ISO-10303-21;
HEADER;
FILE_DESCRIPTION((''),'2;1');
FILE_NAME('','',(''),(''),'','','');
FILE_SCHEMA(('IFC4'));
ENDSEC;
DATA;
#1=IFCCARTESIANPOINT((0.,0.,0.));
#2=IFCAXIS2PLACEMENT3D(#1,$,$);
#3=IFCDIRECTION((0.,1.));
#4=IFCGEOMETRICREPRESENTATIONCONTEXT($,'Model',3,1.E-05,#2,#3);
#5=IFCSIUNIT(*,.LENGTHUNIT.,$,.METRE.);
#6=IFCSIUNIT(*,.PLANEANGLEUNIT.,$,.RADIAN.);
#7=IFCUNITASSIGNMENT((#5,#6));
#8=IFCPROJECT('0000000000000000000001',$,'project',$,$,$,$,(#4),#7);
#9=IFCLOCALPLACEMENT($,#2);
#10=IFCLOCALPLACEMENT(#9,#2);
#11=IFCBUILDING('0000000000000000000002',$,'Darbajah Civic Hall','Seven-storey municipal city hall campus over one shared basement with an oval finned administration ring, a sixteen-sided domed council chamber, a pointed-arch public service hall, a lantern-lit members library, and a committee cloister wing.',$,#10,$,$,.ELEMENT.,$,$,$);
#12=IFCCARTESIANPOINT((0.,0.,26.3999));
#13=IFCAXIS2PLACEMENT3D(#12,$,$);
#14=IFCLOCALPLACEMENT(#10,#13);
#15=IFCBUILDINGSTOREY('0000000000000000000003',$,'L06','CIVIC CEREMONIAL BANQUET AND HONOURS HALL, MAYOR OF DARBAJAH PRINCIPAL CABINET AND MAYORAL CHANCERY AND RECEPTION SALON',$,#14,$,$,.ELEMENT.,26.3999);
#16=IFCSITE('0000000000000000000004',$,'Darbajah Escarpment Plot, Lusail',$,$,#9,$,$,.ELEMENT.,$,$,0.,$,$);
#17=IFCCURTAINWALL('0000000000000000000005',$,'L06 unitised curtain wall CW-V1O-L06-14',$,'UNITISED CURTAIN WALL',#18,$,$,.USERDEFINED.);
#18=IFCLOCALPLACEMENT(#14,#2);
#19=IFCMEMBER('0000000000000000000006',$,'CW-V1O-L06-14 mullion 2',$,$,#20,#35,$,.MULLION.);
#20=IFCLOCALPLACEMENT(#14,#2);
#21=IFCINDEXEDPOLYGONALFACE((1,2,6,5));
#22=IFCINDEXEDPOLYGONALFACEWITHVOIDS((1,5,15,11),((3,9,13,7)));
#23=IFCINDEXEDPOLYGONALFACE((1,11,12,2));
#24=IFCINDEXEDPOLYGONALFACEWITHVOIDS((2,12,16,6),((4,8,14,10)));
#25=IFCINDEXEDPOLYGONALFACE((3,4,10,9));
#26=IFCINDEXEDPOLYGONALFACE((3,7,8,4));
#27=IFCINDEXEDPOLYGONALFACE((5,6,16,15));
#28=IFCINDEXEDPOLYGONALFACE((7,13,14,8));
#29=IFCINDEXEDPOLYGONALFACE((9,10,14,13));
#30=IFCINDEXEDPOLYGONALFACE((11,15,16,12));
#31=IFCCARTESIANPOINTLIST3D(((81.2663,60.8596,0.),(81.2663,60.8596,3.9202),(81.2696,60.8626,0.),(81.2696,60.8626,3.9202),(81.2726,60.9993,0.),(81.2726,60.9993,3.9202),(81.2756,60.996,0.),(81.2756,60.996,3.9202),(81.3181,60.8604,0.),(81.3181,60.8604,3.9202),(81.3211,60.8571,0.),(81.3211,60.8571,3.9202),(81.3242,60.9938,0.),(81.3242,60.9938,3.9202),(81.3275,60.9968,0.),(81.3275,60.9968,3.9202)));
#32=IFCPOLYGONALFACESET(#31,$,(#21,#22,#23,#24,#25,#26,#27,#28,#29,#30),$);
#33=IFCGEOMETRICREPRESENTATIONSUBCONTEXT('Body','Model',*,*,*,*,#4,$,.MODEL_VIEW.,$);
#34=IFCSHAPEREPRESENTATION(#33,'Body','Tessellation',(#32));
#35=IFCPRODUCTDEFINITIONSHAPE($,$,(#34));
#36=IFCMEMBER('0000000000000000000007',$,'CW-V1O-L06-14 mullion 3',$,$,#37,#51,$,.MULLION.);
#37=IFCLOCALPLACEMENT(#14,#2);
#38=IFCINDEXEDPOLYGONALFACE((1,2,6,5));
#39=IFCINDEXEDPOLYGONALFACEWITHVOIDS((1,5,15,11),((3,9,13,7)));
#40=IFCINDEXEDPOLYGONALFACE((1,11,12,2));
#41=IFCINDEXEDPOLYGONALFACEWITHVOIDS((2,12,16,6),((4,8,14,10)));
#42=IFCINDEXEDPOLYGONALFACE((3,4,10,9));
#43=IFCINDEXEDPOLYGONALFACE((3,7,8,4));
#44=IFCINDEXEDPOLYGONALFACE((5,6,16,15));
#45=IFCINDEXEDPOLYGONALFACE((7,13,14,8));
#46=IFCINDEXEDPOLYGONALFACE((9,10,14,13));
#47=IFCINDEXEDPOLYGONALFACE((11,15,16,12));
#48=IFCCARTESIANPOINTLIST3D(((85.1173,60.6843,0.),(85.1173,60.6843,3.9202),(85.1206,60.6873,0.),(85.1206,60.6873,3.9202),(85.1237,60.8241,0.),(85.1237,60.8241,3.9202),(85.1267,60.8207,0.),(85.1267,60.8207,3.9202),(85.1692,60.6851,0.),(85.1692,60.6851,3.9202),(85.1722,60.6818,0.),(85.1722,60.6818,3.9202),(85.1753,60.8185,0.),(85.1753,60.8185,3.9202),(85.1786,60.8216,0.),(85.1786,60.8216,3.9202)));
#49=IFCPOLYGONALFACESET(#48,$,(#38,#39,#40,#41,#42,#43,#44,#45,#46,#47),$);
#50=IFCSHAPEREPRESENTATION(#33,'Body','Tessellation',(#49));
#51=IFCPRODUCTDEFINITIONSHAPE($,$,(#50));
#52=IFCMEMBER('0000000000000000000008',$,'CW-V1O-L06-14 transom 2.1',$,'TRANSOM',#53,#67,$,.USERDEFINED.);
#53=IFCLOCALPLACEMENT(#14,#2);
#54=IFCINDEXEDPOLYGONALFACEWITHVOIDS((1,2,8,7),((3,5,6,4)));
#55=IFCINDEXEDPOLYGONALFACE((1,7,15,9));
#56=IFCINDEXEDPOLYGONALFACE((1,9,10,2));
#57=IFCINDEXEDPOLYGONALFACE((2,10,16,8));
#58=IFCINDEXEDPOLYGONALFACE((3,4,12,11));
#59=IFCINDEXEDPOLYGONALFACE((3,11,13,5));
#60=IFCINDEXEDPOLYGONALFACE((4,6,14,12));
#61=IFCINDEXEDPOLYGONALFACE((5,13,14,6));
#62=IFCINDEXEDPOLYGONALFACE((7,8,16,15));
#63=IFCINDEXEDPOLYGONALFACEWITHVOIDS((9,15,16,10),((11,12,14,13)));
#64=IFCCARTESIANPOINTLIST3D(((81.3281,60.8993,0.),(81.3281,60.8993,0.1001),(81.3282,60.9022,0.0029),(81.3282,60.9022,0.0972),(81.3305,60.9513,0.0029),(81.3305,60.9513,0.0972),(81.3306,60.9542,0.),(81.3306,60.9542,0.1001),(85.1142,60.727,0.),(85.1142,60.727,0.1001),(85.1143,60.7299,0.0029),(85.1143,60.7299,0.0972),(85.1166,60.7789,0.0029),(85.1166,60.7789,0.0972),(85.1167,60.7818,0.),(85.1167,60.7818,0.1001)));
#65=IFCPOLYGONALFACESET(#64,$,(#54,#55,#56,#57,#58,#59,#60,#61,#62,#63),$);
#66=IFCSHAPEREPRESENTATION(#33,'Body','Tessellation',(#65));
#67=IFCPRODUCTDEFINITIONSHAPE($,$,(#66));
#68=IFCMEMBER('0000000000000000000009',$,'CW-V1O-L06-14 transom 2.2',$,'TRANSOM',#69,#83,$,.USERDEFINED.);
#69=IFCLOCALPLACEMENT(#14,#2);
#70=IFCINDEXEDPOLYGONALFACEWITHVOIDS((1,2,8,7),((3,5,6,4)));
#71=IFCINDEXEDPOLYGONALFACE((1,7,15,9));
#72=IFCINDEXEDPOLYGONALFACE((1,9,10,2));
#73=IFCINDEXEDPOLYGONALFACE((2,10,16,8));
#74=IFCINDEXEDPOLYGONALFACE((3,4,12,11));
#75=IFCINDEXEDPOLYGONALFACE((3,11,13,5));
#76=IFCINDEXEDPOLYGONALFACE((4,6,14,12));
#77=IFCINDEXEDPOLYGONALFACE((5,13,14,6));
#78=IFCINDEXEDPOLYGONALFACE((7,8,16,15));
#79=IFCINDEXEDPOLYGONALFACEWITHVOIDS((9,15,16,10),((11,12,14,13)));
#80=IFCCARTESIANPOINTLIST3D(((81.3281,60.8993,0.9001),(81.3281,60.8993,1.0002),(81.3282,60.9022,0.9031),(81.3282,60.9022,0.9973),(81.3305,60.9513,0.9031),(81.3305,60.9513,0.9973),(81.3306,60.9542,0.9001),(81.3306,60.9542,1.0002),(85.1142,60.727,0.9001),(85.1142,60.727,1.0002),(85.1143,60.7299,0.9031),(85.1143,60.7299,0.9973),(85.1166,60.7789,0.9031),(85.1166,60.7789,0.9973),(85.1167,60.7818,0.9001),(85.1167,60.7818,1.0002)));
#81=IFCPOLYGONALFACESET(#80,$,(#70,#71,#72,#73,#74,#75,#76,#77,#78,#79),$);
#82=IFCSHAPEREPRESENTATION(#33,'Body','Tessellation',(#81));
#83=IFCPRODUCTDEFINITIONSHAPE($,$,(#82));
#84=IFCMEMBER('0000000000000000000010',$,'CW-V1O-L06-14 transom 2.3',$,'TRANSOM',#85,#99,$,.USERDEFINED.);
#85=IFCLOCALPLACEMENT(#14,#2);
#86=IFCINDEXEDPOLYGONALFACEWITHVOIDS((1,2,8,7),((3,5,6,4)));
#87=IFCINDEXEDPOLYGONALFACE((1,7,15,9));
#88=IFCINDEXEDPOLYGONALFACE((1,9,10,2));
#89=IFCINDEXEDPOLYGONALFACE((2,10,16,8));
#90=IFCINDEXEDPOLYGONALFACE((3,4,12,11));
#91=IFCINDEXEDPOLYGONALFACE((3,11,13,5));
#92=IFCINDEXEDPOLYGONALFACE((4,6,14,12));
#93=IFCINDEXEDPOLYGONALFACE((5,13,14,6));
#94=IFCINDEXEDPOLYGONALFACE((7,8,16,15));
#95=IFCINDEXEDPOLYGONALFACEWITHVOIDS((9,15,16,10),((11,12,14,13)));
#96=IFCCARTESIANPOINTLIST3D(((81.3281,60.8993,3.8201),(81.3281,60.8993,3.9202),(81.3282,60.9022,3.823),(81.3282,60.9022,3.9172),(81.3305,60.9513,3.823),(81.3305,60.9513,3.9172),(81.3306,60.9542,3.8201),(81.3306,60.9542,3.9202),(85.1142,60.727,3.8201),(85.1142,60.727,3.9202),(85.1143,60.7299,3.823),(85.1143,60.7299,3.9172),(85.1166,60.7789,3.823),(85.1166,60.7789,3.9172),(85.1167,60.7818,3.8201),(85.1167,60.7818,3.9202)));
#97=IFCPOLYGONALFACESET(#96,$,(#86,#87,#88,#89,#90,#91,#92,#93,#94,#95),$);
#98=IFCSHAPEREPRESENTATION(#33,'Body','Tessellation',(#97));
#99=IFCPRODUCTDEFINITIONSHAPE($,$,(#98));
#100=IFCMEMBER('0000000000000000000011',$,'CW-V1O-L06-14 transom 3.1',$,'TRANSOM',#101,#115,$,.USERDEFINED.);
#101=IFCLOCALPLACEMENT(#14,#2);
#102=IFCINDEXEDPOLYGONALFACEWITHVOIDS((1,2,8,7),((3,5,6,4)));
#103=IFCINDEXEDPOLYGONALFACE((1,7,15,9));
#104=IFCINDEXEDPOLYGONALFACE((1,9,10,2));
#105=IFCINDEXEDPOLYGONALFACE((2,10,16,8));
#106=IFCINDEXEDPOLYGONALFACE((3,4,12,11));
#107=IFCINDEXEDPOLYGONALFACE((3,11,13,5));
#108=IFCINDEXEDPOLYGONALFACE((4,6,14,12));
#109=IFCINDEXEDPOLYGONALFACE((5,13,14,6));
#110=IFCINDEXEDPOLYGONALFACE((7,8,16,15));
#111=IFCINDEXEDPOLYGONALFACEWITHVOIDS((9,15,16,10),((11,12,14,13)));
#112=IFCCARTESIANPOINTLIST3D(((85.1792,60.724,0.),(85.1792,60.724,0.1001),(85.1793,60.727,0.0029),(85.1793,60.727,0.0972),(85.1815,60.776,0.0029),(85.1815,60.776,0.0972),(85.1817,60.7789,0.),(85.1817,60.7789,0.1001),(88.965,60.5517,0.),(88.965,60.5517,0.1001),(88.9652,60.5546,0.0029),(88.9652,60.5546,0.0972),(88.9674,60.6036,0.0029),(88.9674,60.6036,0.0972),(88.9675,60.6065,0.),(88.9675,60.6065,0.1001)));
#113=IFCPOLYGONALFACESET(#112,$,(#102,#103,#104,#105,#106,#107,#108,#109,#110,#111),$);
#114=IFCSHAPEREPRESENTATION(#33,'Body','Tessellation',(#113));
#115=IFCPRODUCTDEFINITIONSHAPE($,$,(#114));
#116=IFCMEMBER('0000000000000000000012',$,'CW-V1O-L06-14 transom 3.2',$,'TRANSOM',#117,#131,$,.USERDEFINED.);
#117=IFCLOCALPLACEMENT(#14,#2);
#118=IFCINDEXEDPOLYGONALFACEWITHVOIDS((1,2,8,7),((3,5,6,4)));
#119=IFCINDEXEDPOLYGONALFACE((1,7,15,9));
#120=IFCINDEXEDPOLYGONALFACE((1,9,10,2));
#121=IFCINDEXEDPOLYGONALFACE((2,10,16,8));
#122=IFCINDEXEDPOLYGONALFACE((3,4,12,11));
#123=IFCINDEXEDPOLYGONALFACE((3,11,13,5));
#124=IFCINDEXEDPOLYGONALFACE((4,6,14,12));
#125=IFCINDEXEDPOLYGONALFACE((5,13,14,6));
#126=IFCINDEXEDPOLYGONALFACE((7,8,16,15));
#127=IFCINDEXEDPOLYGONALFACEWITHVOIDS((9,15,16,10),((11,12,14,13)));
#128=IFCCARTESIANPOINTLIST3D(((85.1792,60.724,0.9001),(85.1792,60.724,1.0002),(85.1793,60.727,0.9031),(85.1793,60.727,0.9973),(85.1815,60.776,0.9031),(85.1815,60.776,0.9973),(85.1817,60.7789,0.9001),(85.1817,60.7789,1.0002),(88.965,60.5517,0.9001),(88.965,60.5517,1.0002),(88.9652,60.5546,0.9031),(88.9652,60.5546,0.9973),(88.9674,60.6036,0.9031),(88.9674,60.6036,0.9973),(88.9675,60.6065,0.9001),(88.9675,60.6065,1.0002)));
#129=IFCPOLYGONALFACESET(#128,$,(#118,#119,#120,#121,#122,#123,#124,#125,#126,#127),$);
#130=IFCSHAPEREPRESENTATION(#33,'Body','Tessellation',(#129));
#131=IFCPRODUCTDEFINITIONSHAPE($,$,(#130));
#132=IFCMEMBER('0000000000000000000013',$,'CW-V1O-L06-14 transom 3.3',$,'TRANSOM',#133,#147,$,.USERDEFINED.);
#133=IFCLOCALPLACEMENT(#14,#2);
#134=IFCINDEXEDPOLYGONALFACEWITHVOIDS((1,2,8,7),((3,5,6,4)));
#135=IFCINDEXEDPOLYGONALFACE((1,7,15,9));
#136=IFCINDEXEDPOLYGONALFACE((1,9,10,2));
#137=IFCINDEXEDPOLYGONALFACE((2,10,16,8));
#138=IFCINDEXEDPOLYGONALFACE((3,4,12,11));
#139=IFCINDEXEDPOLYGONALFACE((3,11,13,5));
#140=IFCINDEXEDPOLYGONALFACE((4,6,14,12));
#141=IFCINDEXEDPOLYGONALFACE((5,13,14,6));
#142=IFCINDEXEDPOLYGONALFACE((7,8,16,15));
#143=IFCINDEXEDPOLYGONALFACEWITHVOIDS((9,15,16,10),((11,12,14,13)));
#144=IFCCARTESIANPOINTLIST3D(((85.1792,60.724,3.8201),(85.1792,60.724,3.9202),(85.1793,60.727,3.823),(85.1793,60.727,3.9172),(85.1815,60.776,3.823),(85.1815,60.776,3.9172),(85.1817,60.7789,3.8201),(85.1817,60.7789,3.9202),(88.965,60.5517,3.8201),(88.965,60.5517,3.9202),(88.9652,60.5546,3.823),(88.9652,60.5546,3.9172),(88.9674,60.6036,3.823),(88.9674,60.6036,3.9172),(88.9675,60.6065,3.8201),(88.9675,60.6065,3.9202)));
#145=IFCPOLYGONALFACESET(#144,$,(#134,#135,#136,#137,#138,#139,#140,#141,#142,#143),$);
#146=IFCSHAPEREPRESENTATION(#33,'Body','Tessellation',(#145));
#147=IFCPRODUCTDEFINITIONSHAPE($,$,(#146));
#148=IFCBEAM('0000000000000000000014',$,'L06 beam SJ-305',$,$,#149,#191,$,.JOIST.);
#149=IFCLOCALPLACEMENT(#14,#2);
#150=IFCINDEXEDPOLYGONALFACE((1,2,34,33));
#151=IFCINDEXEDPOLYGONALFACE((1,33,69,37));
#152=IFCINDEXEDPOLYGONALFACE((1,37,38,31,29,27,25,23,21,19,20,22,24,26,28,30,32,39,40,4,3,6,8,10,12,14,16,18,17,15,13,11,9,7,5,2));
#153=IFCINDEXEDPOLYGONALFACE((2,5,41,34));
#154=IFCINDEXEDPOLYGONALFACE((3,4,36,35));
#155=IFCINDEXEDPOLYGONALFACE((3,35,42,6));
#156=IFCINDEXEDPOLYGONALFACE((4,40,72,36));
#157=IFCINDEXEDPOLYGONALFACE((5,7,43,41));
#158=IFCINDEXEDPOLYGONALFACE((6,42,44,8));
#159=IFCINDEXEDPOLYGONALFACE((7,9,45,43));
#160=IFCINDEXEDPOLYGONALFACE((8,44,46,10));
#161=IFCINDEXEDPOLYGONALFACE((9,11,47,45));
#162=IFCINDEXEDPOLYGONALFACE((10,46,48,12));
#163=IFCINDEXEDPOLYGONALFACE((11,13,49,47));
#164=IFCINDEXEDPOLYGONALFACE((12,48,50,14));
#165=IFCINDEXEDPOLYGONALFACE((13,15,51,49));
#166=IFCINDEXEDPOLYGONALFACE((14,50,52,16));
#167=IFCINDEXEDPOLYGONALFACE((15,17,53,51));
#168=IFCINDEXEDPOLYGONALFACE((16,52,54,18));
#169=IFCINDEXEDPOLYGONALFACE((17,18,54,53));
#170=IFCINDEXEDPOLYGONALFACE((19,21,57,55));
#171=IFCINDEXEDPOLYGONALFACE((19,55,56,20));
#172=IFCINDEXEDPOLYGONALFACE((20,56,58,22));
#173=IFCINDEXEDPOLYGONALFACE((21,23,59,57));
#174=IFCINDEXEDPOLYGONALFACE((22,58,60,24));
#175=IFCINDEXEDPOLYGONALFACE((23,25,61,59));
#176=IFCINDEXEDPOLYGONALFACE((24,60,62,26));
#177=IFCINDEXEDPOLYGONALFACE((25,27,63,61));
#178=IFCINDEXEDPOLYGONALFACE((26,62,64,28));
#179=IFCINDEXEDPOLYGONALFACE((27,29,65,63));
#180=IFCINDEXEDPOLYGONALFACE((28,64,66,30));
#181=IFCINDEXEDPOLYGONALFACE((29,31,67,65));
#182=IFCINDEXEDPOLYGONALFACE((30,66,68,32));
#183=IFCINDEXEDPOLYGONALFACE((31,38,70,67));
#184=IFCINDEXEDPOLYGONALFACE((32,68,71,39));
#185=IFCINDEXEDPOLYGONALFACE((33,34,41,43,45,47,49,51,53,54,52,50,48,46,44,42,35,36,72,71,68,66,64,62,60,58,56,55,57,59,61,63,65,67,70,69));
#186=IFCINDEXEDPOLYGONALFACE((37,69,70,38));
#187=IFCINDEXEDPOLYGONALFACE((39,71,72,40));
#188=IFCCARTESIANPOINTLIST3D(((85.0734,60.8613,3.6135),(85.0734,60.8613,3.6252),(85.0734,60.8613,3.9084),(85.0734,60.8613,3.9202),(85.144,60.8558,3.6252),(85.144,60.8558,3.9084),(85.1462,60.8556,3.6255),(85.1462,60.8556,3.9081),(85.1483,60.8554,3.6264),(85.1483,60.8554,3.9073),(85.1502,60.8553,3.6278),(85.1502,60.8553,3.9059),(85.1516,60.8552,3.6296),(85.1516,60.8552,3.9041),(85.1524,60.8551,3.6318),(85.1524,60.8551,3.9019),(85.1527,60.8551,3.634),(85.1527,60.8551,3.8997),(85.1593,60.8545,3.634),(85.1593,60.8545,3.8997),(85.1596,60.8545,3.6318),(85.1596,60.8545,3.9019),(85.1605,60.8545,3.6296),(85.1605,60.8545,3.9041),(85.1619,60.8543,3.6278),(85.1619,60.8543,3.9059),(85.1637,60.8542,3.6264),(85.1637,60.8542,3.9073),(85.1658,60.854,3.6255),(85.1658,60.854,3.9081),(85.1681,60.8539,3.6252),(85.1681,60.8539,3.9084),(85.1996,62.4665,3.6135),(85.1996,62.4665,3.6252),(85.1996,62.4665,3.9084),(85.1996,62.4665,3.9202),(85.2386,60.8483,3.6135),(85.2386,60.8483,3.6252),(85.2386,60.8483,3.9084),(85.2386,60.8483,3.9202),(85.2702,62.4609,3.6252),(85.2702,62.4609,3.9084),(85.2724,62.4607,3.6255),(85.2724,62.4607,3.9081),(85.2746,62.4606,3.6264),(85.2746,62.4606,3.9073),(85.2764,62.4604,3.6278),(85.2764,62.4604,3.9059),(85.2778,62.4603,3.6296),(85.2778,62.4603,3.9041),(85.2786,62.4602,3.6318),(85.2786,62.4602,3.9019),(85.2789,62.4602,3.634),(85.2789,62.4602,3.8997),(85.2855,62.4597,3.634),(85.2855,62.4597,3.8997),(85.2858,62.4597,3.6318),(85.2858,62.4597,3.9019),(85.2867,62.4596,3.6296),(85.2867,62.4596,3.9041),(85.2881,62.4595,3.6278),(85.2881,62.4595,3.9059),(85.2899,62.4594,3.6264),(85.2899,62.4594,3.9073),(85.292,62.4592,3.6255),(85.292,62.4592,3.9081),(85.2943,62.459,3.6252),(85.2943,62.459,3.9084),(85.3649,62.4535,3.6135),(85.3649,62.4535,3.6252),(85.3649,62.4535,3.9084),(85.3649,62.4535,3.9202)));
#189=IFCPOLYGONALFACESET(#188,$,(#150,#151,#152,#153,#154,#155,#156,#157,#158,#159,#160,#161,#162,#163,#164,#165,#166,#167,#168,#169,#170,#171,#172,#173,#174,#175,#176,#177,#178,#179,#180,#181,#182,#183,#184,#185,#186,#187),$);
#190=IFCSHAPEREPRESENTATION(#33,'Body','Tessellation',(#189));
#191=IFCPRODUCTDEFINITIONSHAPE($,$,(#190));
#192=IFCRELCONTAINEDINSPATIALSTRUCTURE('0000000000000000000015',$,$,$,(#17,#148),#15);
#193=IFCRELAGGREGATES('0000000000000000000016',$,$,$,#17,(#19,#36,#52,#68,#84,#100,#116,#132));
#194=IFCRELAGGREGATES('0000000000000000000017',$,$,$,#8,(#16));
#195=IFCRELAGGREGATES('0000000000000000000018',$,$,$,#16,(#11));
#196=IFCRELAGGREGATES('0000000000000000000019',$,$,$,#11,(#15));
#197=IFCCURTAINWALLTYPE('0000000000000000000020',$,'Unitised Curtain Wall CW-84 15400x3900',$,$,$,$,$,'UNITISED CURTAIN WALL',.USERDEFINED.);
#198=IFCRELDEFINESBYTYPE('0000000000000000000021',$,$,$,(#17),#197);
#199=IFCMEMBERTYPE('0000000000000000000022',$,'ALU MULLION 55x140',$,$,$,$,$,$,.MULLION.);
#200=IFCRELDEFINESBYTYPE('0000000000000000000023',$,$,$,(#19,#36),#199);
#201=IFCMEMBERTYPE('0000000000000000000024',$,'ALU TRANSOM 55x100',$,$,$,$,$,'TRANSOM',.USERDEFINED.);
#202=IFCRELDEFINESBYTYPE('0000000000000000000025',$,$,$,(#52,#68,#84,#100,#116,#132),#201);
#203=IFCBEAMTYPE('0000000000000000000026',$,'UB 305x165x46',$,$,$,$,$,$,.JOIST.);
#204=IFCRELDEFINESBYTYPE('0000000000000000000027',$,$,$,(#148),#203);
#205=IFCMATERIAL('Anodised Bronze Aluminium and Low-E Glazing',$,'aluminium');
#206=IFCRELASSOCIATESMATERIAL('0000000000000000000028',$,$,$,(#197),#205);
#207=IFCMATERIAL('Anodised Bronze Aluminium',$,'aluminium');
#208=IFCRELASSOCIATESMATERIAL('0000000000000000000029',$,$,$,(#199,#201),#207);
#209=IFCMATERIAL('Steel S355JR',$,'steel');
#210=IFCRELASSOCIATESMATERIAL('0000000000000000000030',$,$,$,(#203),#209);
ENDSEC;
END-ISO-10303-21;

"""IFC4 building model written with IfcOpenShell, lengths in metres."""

from ifc_helpers import new_model, si_unit, direction, frame, origin, origin_2d, place, context, subcontext, project, spatial, hollow_rectangle, i_section, extrude, material, material_profile, profile_set, type_object, element, aggregate, save


model = new_model("IFC4")

# Units and contexts
model_context = context("Model", 3, precision=1e-05, world=origin(), true_north=direction((0.0, 1.0)))
body_context = subcontext(model_context, "Body", "Model", "MODEL_VIEW")
ifc_project = project(units=[si_unit("LENGTHUNIT", "METRE"), si_unit("PLANEANGLEUNIT", "RADIAN")], contexts=[model_context])

# Site, building, storey
site_placement = place(None, origin())
site = spatial("IfcSite", under=ifc_project, at=site_placement, Name="Darbajah Escarpment Plot, Lusail", CompositionType="ELEMENT", RefElevation=0.0)
building_placement = place(site_placement, origin())
building = spatial("IfcBuilding", under=site, at=building_placement, Name="Darbajah Civic Hall", Description="Seven-storey municipal city hall campus over one shared basement with an oval finned administration ring, a sixteen-sided domed council chamber, a pointed-arch public service hall, a lantern-lit members library, and a committee cloister wing.", CompositionType="ELEMENT")
storey_placement = place(building_placement, frame((0.0, 0.0, 26.3999)))
storey = spatial("IfcBuildingStorey", under=building, at=storey_placement, Name="L06", Description="CIVIC CEREMONIAL BANQUET AND HONOURS HALL, MAYOR OF DARBAJAH PRINCIPAL CABINET AND MAYORAL CHANCERY AND RECEPTION SALON", CompositionType="ELEMENT", Elevation=26.3999)

# Curtain wall, members
ifc_material_1 = material(Name="Anodised Bronze Aluminium and Low-E Glazing", Category="aluminium")
curtain_wall_type = type_object("IfcCurtainWallType", Name="Unitised Curtain Wall CW-84 15400x3900", ElementType="UNITISED CURTAIN WALL", PredefinedType="USERDEFINED", material=ifc_material_1)
curtain_wall_placement = place(storey_placement, origin())
curtain_wall = element("IfcCurtainWall", 1, at=curtain_wall_placement, inside=storey, type_object=curtain_wall_type, Name="L06 unitised curtain wall CW-V1O-L06-14", ObjectType="UNITISED CURTAIN WALL", PredefinedType="USERDEFINED")
ifc_material_2 = material(Name="Anodised Bronze Aluminium", Category="aluminium")
ifc_material_profile_1 = material_profile(ifc_material_2, hollow_rectangle(XDim=0.0549, YDim=0.1399, WallThickness=0.0032, at=origin_2d()), Name="ALU MULLION 55x140")
ifc_profile_set_1 = profile_set([ifc_material_profile_1], Name="Anodised Bronze Aluminium")
member_type_1 = type_object("IfcMemberType", Name="ALU MULLION 55x140", PredefinedType="MULLION", material=ifc_profile_set_1)
member_1_placement = place(storey_placement, frame((81.2969, 60.9282, 0.0), z_axis=(0.0, 0.0, 1.0), x_axis=(0.998963, -0.045537, 0.0)))
member_1 = element("IfcMember", 2, at=member_1_placement, type_object=member_type_1, Name="CW-V1O-L06-14 mullion 2", PredefinedType="MULLION", context=body_context, shape_type="SweptSolid", body=[
    extrude(hollow_rectangle(XDim=0.0549, YDim=0.1399, WallThickness=0.0032, at=origin_2d()), origin(), (0.0, 0.0, 1.0), 3.9202),
])
member_2_placement = place(storey_placement, frame((85.1479, 60.7529, 0.0), z_axis=(0.0, 0.0, 1.0), x_axis=(0.998963, -0.045537, 0.0)))
member_2 = element("IfcMember", 3, at=member_2_placement, type_object=member_type_1, Name="CW-V1O-L06-14 mullion 3", PredefinedType="MULLION", context=body_context, shape_type="SweptSolid", body=[
    extrude(hollow_rectangle(XDim=0.0549, YDim=0.1399, WallThickness=0.0032, at=origin_2d()), origin(), (0.0, 0.0, 1.0), 3.9202),
])
ifc_material_profile_2 = material_profile(ifc_material_2, hollow_rectangle(XDim=0.0549, YDim=0.1001, WallThickness=0.0029, at=origin_2d()), Name="ALU TRANSOM 55x100")
ifc_profile_set_2 = profile_set([ifc_material_profile_2], Name="Anodised Bronze Aluminium")
member_type_2 = type_object("IfcMemberType", Name="ALU TRANSOM 55x100", ElementType="TRANSOM", PredefinedType="USERDEFINED", material=ifc_profile_set_2)
member_3_placement = place(storey_placement, frame((81.3293, 60.9268, 0.05), z_axis=(0.998965, -0.045478, 0.0), x_axis=(0.045478, 0.998965, 0.0)))
member_3 = element("IfcMember", 4, at=member_3_placement, type_object=member_type_2, Name="CW-V1O-L06-14 transom 2.1", ObjectType="TRANSOM", PredefinedType="USERDEFINED", context=body_context, shape_type="SweptSolid", body=[
    extrude(hollow_rectangle(XDim=0.0549, YDim=0.1001, WallThickness=0.0029, at=origin_2d()), origin(), (0.0, 0.0, 1.0), 3.79),
])
member_4_placement = place(storey_placement, frame((81.3293, 60.9268, 0.9502), z_axis=(0.998965, -0.045478, 0.0), x_axis=(0.045478, 0.998965, 0.0)))
member_4 = element("IfcMember", 5, at=member_4_placement, type_object=member_type_2, Name="CW-V1O-L06-14 transom 2.2", ObjectType="TRANSOM", PredefinedType="USERDEFINED", context=body_context, shape_type="SweptSolid", body=[
    extrude(hollow_rectangle(XDim=0.0549, YDim=0.1001, WallThickness=0.0029, at=origin_2d()), origin(), (0.0, 0.0, 1.0), 3.79),
])
member_5_placement = place(storey_placement, frame((81.3293, 60.9268, 3.8701), z_axis=(0.998965, -0.045478, 0.0), x_axis=(0.045478, 0.998965, 0.0)))
member_5 = element("IfcMember", 6, at=member_5_placement, type_object=member_type_2, Name="CW-V1O-L06-14 transom 2.3", ObjectType="TRANSOM", PredefinedType="USERDEFINED", context=body_context, shape_type="SweptSolid", body=[
    extrude(hollow_rectangle(XDim=0.0549, YDim=0.1001, WallThickness=0.0029, at=origin_2d()), origin(), (0.0, 0.0, 1.0), 3.79),
])
member_6_placement = place(storey_placement, frame((85.1804, 60.7515, 0.05), z_axis=(0.998965, -0.045481, 0.0), x_axis=(0.045481, 0.998965, 0.0)))
member_6 = element("IfcMember", 7, at=member_6_placement, type_object=member_type_2, Name="CW-V1O-L06-14 transom 3.1", ObjectType="TRANSOM", PredefinedType="USERDEFINED", context=body_context, shape_type="SweptSolid", body=[
    extrude(hollow_rectangle(XDim=0.0549, YDim=0.1001, WallThickness=0.0029, at=origin_2d()), origin(), (0.0, 0.0, 1.0), 3.7898),
])
member_7_placement = place(storey_placement, frame((85.1804, 60.7515, 0.9502), z_axis=(0.998965, -0.045481, 0.0), x_axis=(0.045481, 0.998965, 0.0)))
member_7 = element("IfcMember", 8, at=member_7_placement, type_object=member_type_2, Name="CW-V1O-L06-14 transom 3.2", ObjectType="TRANSOM", PredefinedType="USERDEFINED", context=body_context, shape_type="SweptSolid", body=[
    extrude(hollow_rectangle(XDim=0.0549, YDim=0.1001, WallThickness=0.0029, at=origin_2d()), origin(), (0.0, 0.0, 1.0), 3.7898),
])
member_8_placement = place(storey_placement, frame((85.1804, 60.7515, 3.8701), z_axis=(0.998965, -0.045481, 0.0), x_axis=(0.045481, 0.998965, 0.0)))
member_8 = element("IfcMember", 9, at=member_8_placement, type_object=member_type_2, Name="CW-V1O-L06-14 transom 3.3", ObjectType="TRANSOM", PredefinedType="USERDEFINED", context=body_context, shape_type="SweptSolid", body=[
    extrude(hollow_rectangle(XDim=0.0549, YDim=0.1001, WallThickness=0.0029, at=origin_2d()), origin(), (0.0, 0.0, 1.0), 3.7898),
])

# Beam
ifc_material_3 = material(Name="Steel S355JR", Category="steel")
ifc_material_profile_3 = material_profile(ifc_material_3, i_section(OverallWidth=0.1658, OverallDepth=0.3066, WebThickness=0.0066, FlangeThickness=0.0117, FilletRadius=0.0088, at=origin_2d()), Name="UB 305x165x46")
ifc_profile_set_3 = profile_set([ifc_material_profile_3], Name="Steel S355JR")
beam_type_1 = type_object("IfcBeamType", Name="UB 305x165x46", PredefinedType="JOIST", material=ifc_profile_set_3)
beam_1_placement = place(storey_placement, frame((85.2822, 62.46, 3.7668), z_axis=(-0.078389, -0.996923, 0.0), x_axis=(0.996923, -0.078389, 0.0)))
element("IfcBeam", 10, at=beam_1_placement, inside=storey, type_object=beam_type_1, Name="L06 beam SJ-305", PredefinedType="JOIST", context=body_context, shape_type="SweptSolid", body=[
    extrude(i_section(OverallWidth=0.1658, OverallDepth=0.3066, WebThickness=0.0066, FlangeThickness=0.0117, FilletRadius=0.0088, at=origin_2d()), origin(), (0.0, 0.0, 1.0), 1.6101),
])

aggregate(curtain_wall, [member_1, member_2, member_3, member_4, member_5, member_6, member_7, member_8])

save(model, "model.ifc")
